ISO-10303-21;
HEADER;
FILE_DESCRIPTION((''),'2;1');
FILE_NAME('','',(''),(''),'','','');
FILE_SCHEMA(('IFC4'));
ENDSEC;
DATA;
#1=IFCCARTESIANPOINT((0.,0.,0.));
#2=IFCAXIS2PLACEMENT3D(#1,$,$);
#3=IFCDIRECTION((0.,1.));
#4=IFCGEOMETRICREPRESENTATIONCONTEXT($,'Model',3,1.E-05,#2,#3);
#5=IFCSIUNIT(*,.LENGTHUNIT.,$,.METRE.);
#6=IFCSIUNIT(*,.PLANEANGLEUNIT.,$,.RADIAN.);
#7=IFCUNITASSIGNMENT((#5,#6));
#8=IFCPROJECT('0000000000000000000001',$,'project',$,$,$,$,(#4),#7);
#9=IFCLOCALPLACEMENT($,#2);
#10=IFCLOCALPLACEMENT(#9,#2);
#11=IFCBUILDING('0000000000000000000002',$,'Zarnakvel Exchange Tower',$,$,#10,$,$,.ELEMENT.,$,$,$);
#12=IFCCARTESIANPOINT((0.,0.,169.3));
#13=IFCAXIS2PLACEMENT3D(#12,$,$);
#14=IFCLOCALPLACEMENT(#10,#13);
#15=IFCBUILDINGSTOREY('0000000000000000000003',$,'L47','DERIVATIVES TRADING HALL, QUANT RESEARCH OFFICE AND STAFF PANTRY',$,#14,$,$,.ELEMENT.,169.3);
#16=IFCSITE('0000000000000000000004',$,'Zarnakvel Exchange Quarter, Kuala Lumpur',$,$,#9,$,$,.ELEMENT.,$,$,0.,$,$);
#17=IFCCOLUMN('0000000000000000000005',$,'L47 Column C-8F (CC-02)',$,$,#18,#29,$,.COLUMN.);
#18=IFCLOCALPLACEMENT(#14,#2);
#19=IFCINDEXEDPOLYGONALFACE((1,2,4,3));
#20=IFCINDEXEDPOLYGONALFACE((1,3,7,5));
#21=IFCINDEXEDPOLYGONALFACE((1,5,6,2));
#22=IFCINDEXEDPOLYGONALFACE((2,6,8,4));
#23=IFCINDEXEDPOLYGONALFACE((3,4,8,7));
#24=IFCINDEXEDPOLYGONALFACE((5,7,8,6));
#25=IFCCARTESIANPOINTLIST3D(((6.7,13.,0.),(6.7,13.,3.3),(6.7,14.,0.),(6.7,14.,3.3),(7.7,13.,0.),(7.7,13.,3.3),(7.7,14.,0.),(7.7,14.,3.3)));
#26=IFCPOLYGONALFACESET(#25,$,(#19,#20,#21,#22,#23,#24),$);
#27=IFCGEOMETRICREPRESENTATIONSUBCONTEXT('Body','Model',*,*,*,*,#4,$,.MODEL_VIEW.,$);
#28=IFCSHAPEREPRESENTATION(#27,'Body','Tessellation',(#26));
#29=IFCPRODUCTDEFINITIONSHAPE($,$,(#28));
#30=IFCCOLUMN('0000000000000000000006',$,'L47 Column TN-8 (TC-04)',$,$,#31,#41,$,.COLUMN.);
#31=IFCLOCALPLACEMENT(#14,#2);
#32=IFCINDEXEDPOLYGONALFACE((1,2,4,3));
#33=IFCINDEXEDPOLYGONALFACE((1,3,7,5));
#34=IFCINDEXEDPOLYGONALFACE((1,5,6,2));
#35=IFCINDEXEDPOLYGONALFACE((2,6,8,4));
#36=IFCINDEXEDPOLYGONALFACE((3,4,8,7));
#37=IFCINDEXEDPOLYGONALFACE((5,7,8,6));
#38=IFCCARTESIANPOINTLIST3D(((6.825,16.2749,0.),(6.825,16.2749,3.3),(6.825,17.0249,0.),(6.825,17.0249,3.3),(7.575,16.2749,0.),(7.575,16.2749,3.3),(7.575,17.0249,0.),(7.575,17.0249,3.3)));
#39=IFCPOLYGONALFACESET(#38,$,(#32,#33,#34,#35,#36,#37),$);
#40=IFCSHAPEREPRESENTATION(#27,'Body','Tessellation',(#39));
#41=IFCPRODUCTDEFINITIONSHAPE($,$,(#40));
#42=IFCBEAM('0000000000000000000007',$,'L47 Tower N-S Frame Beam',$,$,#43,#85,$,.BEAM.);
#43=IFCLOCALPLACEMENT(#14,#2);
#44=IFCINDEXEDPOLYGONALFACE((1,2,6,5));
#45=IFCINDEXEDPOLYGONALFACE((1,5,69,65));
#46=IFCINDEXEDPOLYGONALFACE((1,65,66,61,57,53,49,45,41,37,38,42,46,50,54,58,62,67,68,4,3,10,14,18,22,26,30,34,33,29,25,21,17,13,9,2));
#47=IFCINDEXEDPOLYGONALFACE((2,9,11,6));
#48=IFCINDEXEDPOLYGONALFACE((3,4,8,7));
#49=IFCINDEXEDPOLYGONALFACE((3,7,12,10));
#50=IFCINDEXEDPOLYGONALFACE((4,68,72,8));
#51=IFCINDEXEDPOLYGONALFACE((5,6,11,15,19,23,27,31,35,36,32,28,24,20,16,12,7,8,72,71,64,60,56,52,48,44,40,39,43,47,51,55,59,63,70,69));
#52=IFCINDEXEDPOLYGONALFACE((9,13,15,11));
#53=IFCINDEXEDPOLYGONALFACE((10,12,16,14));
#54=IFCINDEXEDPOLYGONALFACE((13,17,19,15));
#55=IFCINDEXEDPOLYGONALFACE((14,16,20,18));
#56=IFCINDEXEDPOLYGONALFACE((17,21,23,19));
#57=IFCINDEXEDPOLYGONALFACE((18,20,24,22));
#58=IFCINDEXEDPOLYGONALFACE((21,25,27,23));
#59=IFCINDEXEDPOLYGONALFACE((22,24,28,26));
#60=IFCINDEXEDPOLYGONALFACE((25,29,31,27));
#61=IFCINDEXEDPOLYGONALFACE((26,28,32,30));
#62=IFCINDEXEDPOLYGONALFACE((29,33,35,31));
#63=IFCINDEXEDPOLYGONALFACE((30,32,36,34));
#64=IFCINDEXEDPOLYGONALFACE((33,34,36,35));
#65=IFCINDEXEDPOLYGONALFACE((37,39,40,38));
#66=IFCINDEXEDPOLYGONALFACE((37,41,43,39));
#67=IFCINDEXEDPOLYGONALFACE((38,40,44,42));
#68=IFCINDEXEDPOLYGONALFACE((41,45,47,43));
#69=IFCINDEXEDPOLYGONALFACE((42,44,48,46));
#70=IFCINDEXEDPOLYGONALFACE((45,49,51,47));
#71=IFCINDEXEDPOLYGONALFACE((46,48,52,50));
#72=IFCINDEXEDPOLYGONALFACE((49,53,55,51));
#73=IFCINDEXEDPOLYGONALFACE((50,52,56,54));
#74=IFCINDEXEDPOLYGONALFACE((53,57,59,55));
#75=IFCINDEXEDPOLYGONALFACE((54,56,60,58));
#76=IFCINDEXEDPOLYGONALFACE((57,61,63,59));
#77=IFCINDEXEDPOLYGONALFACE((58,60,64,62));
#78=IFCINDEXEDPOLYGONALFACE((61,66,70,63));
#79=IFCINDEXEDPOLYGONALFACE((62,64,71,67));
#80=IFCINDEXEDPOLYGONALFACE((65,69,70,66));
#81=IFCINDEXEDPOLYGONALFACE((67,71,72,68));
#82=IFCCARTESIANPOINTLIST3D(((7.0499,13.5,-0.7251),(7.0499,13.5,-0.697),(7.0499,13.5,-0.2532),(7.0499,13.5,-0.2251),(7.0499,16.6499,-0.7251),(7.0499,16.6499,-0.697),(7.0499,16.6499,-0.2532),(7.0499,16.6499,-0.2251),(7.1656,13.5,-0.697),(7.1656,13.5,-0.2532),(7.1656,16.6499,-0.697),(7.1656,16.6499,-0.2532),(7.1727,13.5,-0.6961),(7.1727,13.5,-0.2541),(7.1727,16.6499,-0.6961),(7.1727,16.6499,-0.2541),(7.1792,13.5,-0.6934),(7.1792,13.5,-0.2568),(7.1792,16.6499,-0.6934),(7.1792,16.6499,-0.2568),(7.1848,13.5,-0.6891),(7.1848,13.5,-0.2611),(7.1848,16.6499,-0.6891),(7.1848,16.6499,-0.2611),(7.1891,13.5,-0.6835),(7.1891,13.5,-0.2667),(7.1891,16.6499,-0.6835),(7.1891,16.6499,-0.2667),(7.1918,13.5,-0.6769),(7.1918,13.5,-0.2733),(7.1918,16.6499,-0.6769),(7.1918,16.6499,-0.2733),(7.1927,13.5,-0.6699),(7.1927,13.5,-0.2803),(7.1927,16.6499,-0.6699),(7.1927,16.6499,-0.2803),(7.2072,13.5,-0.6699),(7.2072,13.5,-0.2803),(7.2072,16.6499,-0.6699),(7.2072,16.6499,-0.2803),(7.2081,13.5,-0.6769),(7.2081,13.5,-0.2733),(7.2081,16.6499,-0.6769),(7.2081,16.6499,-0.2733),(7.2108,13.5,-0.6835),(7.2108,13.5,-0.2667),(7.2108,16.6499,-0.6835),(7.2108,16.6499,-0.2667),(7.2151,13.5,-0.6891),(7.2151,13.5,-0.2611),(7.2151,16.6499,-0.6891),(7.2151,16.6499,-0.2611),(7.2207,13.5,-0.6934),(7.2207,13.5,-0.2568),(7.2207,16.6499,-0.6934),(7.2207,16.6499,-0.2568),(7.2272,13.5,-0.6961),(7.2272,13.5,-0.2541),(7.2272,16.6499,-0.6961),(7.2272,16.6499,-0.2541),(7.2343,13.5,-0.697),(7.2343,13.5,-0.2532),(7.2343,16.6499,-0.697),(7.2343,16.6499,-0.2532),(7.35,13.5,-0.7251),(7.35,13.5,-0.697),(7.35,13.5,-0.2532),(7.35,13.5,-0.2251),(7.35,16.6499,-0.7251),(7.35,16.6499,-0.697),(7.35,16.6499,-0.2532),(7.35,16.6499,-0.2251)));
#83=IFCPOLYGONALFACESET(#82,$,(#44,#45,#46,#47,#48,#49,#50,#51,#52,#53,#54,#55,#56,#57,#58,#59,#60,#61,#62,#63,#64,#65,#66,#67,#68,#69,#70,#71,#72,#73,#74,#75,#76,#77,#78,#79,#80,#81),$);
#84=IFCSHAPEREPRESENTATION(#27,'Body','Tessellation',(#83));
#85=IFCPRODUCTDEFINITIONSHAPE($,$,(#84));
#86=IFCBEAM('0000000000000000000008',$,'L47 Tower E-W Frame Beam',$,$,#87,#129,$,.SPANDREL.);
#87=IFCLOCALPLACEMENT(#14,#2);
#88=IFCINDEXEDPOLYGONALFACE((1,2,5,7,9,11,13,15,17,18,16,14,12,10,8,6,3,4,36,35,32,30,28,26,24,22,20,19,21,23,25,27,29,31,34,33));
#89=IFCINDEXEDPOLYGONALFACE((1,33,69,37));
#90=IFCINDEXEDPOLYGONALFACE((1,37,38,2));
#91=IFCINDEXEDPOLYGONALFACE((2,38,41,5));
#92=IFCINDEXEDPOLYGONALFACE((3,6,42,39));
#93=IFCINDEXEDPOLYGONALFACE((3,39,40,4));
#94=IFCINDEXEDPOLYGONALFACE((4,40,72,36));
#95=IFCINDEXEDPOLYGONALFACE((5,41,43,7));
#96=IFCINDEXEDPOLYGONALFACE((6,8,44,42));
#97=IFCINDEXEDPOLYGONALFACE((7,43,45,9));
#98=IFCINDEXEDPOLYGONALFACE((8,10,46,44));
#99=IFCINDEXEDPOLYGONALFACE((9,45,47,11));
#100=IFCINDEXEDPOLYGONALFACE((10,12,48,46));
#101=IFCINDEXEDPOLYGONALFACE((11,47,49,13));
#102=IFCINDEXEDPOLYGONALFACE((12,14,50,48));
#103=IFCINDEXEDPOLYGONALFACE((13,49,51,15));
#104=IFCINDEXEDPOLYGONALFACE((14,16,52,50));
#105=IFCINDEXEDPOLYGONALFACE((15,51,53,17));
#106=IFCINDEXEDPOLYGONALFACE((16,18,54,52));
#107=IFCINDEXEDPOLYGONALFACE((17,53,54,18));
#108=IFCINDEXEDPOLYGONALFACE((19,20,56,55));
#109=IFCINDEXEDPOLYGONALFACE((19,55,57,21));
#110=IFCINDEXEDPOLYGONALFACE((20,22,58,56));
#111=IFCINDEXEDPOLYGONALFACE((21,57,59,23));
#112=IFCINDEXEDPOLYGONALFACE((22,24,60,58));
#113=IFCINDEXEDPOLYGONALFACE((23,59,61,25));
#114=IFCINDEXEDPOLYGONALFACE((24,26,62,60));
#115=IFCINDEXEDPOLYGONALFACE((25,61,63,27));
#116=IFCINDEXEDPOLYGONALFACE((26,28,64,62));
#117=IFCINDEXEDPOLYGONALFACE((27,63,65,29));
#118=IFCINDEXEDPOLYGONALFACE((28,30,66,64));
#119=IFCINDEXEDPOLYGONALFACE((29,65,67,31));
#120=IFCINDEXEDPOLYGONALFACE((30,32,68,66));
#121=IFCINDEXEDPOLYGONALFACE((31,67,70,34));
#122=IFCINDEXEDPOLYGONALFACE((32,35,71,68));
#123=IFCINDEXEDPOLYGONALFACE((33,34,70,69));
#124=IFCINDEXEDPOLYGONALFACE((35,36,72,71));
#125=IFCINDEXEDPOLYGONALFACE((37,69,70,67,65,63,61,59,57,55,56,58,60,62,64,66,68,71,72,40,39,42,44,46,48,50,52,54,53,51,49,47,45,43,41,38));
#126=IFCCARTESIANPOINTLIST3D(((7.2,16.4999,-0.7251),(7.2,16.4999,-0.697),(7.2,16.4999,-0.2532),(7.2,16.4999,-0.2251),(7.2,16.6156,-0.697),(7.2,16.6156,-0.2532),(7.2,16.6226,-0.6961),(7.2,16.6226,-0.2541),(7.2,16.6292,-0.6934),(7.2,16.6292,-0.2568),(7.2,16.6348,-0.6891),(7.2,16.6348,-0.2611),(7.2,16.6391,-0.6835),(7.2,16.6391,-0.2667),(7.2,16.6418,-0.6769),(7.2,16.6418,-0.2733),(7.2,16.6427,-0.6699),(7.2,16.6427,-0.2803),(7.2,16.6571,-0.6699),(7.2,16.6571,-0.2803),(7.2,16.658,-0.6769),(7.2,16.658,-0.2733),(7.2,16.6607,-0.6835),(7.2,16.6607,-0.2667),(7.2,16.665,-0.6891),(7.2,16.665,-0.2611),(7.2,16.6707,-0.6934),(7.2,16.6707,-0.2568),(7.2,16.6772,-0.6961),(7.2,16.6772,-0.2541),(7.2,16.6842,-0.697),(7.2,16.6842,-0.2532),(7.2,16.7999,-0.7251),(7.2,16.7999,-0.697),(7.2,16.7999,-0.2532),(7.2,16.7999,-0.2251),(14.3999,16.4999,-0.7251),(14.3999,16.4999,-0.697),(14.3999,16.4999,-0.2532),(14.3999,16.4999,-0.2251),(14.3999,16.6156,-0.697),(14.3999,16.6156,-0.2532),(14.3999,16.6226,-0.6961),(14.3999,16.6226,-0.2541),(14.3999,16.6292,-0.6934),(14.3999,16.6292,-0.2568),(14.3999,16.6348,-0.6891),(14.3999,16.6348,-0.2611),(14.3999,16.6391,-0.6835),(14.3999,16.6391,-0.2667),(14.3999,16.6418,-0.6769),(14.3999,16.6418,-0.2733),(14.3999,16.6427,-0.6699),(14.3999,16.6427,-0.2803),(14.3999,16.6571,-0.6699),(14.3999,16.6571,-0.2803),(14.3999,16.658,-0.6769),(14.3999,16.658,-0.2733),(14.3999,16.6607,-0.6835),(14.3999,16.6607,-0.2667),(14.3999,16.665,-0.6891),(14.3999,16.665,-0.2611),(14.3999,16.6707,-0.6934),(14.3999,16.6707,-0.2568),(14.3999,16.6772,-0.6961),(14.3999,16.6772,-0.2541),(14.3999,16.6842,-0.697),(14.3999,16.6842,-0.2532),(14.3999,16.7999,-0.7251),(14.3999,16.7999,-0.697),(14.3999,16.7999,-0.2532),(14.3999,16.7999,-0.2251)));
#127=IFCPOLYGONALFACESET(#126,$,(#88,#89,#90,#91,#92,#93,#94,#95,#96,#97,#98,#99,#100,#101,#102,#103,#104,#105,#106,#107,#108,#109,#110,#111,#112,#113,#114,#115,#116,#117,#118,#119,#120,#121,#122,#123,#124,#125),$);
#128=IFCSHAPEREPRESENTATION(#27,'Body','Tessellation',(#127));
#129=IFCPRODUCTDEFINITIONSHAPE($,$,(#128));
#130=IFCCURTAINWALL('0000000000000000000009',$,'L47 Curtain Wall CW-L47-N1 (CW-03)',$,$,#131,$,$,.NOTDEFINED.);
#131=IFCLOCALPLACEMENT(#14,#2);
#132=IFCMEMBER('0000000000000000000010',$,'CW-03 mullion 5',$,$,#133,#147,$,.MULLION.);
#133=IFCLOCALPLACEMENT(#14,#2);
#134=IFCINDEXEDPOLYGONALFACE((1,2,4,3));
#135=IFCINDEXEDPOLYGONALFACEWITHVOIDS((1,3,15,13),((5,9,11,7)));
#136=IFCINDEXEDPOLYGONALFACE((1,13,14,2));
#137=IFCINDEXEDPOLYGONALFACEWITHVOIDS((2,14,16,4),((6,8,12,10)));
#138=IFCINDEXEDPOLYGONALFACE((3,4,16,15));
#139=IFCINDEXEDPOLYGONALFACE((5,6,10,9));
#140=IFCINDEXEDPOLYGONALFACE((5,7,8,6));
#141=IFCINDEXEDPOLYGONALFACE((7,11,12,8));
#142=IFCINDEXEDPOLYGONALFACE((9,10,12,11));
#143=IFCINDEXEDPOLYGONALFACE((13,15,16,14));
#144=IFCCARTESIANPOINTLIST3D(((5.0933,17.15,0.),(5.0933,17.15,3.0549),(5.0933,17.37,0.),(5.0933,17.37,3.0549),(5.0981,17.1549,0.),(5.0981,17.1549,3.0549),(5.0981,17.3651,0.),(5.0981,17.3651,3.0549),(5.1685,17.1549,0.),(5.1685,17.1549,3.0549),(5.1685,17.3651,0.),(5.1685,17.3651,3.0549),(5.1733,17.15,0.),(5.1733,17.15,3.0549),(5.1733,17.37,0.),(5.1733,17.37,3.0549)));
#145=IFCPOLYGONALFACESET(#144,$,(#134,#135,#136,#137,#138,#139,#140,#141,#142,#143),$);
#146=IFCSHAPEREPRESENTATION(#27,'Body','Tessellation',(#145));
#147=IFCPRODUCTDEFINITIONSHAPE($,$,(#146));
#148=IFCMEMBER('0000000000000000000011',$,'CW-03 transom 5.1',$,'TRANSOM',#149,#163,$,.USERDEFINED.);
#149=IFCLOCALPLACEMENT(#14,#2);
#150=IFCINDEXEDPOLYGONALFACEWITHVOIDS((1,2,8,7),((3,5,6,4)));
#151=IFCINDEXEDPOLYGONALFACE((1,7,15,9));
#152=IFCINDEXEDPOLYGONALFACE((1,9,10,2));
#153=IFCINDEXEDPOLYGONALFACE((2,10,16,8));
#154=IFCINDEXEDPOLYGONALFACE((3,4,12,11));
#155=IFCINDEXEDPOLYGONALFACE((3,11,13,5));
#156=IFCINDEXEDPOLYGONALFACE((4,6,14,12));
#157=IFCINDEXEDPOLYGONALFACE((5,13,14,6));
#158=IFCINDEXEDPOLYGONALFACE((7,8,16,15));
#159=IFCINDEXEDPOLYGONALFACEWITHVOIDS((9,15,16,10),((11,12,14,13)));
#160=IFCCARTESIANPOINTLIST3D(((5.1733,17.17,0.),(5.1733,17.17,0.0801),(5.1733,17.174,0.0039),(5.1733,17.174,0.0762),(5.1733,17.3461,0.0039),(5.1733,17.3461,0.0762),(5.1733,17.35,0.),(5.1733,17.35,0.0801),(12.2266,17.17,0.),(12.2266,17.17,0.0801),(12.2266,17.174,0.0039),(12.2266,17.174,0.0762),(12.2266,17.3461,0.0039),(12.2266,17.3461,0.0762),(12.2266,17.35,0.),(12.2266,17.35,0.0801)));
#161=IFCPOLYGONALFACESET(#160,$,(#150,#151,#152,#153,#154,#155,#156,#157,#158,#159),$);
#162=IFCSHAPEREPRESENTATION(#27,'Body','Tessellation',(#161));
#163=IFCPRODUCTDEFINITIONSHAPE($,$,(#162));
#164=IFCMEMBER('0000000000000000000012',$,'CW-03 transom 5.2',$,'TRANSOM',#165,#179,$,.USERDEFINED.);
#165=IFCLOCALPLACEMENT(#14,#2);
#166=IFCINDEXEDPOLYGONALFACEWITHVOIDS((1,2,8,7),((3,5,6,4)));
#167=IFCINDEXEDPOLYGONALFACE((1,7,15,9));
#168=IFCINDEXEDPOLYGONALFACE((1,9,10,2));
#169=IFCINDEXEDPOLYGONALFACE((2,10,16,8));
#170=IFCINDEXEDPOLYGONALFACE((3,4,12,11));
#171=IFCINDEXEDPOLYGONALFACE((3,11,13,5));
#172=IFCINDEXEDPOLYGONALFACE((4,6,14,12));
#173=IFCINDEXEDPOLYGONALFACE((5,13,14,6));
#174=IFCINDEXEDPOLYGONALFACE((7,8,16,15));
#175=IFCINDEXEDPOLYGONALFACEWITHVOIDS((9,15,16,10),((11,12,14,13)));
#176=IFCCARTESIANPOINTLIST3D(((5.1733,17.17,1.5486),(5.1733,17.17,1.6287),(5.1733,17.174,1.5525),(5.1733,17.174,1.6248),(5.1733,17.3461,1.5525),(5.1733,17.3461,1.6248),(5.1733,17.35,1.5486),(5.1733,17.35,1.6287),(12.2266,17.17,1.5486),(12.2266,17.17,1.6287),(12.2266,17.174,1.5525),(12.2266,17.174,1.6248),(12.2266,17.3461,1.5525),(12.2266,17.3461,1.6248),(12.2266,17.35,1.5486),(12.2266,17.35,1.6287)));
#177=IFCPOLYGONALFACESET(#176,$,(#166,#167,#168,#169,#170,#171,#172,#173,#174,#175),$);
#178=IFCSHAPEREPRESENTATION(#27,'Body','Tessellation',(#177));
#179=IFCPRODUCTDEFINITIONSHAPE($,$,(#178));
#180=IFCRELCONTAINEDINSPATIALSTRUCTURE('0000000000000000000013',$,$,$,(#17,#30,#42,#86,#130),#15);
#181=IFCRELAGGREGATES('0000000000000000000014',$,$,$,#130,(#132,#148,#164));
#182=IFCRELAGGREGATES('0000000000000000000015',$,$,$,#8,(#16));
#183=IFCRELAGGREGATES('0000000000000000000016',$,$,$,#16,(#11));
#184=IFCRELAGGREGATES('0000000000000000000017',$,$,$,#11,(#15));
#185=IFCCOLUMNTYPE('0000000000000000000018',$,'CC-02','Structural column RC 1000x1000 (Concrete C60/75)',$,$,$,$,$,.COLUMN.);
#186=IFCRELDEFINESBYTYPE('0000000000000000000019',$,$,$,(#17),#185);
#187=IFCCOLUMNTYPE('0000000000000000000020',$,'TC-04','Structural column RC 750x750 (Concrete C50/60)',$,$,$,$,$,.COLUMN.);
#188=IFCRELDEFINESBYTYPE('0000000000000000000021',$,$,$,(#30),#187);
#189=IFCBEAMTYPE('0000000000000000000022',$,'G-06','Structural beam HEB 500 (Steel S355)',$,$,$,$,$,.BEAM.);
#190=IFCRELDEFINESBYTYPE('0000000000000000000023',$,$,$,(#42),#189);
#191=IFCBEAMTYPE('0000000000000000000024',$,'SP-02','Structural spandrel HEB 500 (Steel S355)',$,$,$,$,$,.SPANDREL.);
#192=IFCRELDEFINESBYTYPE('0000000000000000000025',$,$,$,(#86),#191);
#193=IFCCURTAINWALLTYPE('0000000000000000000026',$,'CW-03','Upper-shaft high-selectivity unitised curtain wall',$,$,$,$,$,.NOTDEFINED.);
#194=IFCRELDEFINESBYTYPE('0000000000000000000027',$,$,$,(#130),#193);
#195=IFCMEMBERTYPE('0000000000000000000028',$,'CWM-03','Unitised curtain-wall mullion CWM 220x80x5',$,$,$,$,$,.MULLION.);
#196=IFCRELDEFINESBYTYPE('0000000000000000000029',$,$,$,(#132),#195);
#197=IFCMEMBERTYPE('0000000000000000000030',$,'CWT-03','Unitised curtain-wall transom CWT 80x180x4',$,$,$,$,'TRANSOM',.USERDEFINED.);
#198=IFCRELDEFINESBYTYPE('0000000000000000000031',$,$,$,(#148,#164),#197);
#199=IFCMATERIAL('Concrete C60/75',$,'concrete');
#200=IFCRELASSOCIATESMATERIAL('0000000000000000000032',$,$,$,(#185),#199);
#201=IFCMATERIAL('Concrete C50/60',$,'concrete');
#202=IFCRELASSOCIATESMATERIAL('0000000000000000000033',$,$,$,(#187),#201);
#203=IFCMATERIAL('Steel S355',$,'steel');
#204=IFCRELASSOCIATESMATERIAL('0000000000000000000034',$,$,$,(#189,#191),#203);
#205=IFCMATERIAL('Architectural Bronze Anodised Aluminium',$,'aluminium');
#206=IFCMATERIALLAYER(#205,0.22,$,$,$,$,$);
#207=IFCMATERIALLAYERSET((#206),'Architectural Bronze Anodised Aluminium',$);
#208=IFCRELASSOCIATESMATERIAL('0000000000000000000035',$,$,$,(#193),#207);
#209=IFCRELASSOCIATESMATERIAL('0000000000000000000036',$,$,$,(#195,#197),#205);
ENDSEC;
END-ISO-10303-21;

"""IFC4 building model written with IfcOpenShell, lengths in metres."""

from ifc_helpers import new_model, si_unit, direction, frame, origin, origin_2d, place, context, subcontext, project, spatial, rectangle, hollow_rectangle, i_section, extrude, source, transform, mapped, material, layer, layer_set, material_profile, profile_set, type_object, element, aggregate, save


model = new_model("IFC4")

# Units and contexts
model_context = context("Model", 3, precision=1e-05, world=origin(), true_north=direction((0.0, 1.0)))
body_context = subcontext(model_context, "Body", "Model", "MODEL_VIEW")
ifc_project = project(units=[si_unit("LENGTHUNIT", "METRE"), si_unit("PLANEANGLEUNIT", "RADIAN")], contexts=[model_context])

# Site, building, storey
site_placement = place(None, origin())
site = spatial("IfcSite", under=ifc_project, at=site_placement, Name="Zarnakvel Exchange Quarter, Kuala Lumpur", CompositionType="ELEMENT", RefElevation=0.0)
building_placement = place(site_placement, origin())
building = spatial("IfcBuilding", under=site, at=building_placement, Name="Zarnakvel Exchange Tower", CompositionType="ELEMENT")
storey_placement = place(building_placement, frame((0.0, 0.0, 169.3)))
storey = spatial("IfcBuildingStorey", under=building, at=storey_placement, Name="L47", Description="DERIVATIVES TRADING HALL, QUANT RESEARCH OFFICE AND STAFF PANTRY", CompositionType="ELEMENT", Elevation=169.3)

# Columns
ifc_material_1 = material(Name="Concrete C60/75", Category="concrete")
ifc_material_profile_1 = material_profile(ifc_material_1, rectangle(XDim=1.0, YDim=1.0, at=origin_2d()))
ifc_profile_set_1 = profile_set([ifc_material_profile_1], Name="Concrete C60/75")
column_type_1 = type_object("IfcColumnType", Name="CC-02", Description="Structural column RC 1000x1000 (Concrete C60/75)", PredefinedType="COLUMN", material=ifc_profile_set_1)
column_1_placement = place(storey_placement, frame((7.2, 13.5, 0.0), z_axis=(0.0, 0.0, 1.0), x_axis=(1.0, 0.0, 0.0)))
element("IfcColumn", 1, at=column_1_placement, inside=storey, type_object=column_type_1, Name="L47 Column C-8F (CC-02)", PredefinedType="COLUMN", context=body_context, shape_type="SweptSolid", body=[
    extrude(rectangle(XDim=1.0, YDim=1.0, at=origin_2d()), origin(), (0.0, 0.0, 1.0), 3.3),
])
ifc_material_2 = material(Name="Concrete C50/60", Category="concrete")
ifc_material_profile_2 = material_profile(ifc_material_2, rectangle(XDim=0.75, YDim=0.75, at=origin_2d()))
ifc_profile_set_2 = profile_set([ifc_material_profile_2], Name="Concrete C50/60")
column_type_2 = type_object("IfcColumnType", Name="TC-04", Description="Structural column RC 750x750 (Concrete C50/60)", PredefinedType="COLUMN", material=ifc_profile_set_2)
column_2_placement = place(storey_placement, frame((7.2, 16.6499, 0.0), z_axis=(0.0, 0.0, 1.0), x_axis=(1.0, 0.0, 0.0)))
element("IfcColumn", 2, at=column_2_placement, inside=storey, type_object=column_type_2, Name="L47 Column TN-8 (TC-04)", PredefinedType="COLUMN", context=body_context, shape_type="SweptSolid", body=[
    extrude(rectangle(XDim=0.75, YDim=0.75, at=origin_2d()), origin(), (0.0, 0.0, 1.0), 3.3),
])

# Beams
ifc_material_3 = material(Name="Steel S355", Category="steel")
ifc_material_profile_3 = material_profile(ifc_material_3, i_section(OverallWidth=0.3, OverallDepth=0.5, WebThickness=0.0144, FlangeThickness=0.0281, FilletRadius=0.0271, at=origin_2d()))
ifc_profile_set_3 = profile_set([ifc_material_profile_3], Name="Steel S355")
beam_type_1 = type_object("IfcBeamType", Name="G-06", Description="Structural beam HEB 500 (Steel S355)", PredefinedType="BEAM", material=ifc_profile_set_3)
beam_1_placement = place(storey_placement, frame((7.2, 13.5, -0.4751), z_axis=(0.0, 1.0, 0.0), x_axis=(-1.0, 0.0, 0.0)))
element("IfcBeam", 3, at=beam_1_placement, inside=storey, type_object=beam_type_1, Name="L47 Tower N-S Frame Beam", PredefinedType="BEAM", context=body_context, shape_type="SweptSolid", body=[
    extrude(i_section(OverallWidth=0.3, OverallDepth=0.5, WebThickness=0.0144, FlangeThickness=0.0281, FilletRadius=0.0271, at=origin_2d()), origin(), (0.0, 0.0, 1.0), 3.1499),
])
ifc_material_profile_4 = material_profile(ifc_material_3, i_section(OverallWidth=0.3, OverallDepth=0.5, WebThickness=0.0144, FlangeThickness=0.0281, FilletRadius=0.0271, at=origin_2d()))
ifc_profile_set_4 = profile_set([ifc_material_profile_4], Name="Steel S355")
beam_type_2 = type_object("IfcBeamType", Name="SP-02", Description="Structural spandrel HEB 500 (Steel S355)", PredefinedType="SPANDREL", material=ifc_profile_set_4)
beam_2_placement = place(storey_placement, frame((7.2, 16.6499, -0.4751), z_axis=(1.0, 0.0, 0.0), x_axis=(0.0, 1.0, 0.0)))
element("IfcBeam", 4, at=beam_2_placement, inside=storey, type_object=beam_type_2, Name="L47 Tower E-W Frame Beam", PredefinedType="SPANDREL", context=body_context, shape_type="SweptSolid", body=[
    extrude(i_section(OverallWidth=0.3, OverallDepth=0.5, WebThickness=0.0144, FlangeThickness=0.0281, FilletRadius=0.0271, at=origin_2d()), origin(), (0.0, 0.0, 1.0), 7.2),
])

# Curtain wall, members
ifc_material_4 = material(Name="Architectural Bronze Anodised Aluminium", Category="aluminium")
ifc_layer_1 = layer(ifc_material_4, 0.22)
ifc_layer_set_1 = layer_set([ifc_layer_1], Name="Architectural Bronze Anodised Aluminium")
curtain_wall_type = type_object("IfcCurtainWallType", Name="CW-03", Description="Upper-shaft high-selectivity unitised curtain wall", PredefinedType="NOTDEFINED", material=ifc_layer_set_1)
curtain_wall_placement = place(storey_placement, origin())
curtain_wall = element("IfcCurtainWall", 5, at=curtain_wall_placement, inside=storey, type_object=curtain_wall_type, Name="L47 Curtain Wall CW-L47-N1 (CW-03)", PredefinedType="NOTDEFINED")
ifc_material_profile_5 = material_profile(ifc_material_4, hollow_rectangle(XDim=0.22, YDim=0.0801, WallThickness=0.0049, at=origin_2d()))
ifc_profile_set_5 = profile_set([ifc_material_profile_5], Name="Architectural Bronze Anodised Aluminium")
member_type_1 = type_object("IfcMemberType", Name="CWM-03", Description="Unitised curtain-wall mullion CWM 220x80x5", PredefinedType="MULLION", material=ifc_profile_set_5)
shared_shape_1 = source(origin(), body_context, "Body", "SweptSolid", [
    extrude(hollow_rectangle(XDim=0.22, YDim=0.0801, WallThickness=0.0049, at=origin_2d()), origin(), (0.0, 0.0, 1.0), 3.0549),
])
member_1_placement = place(storey_placement, frame((5.1333, 17.26, 0.0), z_axis=(0.0, 0.0, 1.0), x_axis=(0.0, 1.0, 0.0)))
member_1 = element("IfcMember", 6, at=member_1_placement, type_object=member_type_1, Name="CW-03 mullion 5", PredefinedType="MULLION", context=body_context, shape_type="MappedRepresentation", body=[
    mapped(shared_shape_1, transform((0.0, 0.0, 0.0), x_axis=(1.0, 0.0, 0.0), y_axis=(0.0, 1.0, 0.0), z_axis=(0.0, 0.0, 1.0), scale=1.0)),
])
ifc_material_profile_6 = material_profile(ifc_material_4, hollow_rectangle(XDim=0.1799, YDim=0.0801, WallThickness=0.0039, at=origin_2d()))
ifc_profile_set_6 = profile_set([ifc_material_profile_6], Name="Architectural Bronze Anodised Aluminium")
member_type_2 = type_object("IfcMemberType", Name="CWT-03", Description="Unitised curtain-wall transom CWT 80x180x4", ElementType="TRANSOM", PredefinedType="USERDEFINED", material=ifc_profile_set_6)
shared_shape_2 = source(origin(), body_context, "Body", "SweptSolid", [
    extrude(hollow_rectangle(XDim=0.1799, YDim=0.0801, WallThickness=0.0039, at=origin_2d()), origin(), (0.0, 0.0, 1.0), 7.0532),
])
member_2_placement = place(storey_placement, frame((5.1733, 17.26, 0.04), z_axis=(1.0, 0.0, 0.0), x_axis=(0.0, 1.0, 0.0)))
member_2 = element("IfcMember", 7, at=member_2_placement, type_object=member_type_2, Name="CW-03 transom 5.1", ObjectType="TRANSOM", PredefinedType="USERDEFINED", context=body_context, shape_type="MappedRepresentation", body=[
    mapped(shared_shape_2, transform((0.0, 0.0, 0.0), x_axis=(1.0, 0.0, 0.0), y_axis=(0.0, 1.0, 0.0), z_axis=(0.0, 0.0, 1.0), scale=1.0)),
])
member_3_placement = place(storey_placement, frame((5.1733, 17.26, 1.5886), z_axis=(1.0, 0.0, 0.0), x_axis=(0.0, 1.0, 0.0)))
member_3 = element("IfcMember", 8, at=member_3_placement, type_object=member_type_2, Name="CW-03 transom 5.2", ObjectType="TRANSOM", PredefinedType="USERDEFINED", context=body_context, shape_type="MappedRepresentation", body=[
    mapped(shared_shape_2, transform((0.0, 0.0, 0.0), x_axis=(1.0, 0.0, 0.0), y_axis=(0.0, 1.0, 0.0), z_axis=(0.0, 0.0, 1.0), scale=1.0)),
])
aggregate(curtain_wall, [member_1, member_2, member_3])

save(model, "model.ifc")
